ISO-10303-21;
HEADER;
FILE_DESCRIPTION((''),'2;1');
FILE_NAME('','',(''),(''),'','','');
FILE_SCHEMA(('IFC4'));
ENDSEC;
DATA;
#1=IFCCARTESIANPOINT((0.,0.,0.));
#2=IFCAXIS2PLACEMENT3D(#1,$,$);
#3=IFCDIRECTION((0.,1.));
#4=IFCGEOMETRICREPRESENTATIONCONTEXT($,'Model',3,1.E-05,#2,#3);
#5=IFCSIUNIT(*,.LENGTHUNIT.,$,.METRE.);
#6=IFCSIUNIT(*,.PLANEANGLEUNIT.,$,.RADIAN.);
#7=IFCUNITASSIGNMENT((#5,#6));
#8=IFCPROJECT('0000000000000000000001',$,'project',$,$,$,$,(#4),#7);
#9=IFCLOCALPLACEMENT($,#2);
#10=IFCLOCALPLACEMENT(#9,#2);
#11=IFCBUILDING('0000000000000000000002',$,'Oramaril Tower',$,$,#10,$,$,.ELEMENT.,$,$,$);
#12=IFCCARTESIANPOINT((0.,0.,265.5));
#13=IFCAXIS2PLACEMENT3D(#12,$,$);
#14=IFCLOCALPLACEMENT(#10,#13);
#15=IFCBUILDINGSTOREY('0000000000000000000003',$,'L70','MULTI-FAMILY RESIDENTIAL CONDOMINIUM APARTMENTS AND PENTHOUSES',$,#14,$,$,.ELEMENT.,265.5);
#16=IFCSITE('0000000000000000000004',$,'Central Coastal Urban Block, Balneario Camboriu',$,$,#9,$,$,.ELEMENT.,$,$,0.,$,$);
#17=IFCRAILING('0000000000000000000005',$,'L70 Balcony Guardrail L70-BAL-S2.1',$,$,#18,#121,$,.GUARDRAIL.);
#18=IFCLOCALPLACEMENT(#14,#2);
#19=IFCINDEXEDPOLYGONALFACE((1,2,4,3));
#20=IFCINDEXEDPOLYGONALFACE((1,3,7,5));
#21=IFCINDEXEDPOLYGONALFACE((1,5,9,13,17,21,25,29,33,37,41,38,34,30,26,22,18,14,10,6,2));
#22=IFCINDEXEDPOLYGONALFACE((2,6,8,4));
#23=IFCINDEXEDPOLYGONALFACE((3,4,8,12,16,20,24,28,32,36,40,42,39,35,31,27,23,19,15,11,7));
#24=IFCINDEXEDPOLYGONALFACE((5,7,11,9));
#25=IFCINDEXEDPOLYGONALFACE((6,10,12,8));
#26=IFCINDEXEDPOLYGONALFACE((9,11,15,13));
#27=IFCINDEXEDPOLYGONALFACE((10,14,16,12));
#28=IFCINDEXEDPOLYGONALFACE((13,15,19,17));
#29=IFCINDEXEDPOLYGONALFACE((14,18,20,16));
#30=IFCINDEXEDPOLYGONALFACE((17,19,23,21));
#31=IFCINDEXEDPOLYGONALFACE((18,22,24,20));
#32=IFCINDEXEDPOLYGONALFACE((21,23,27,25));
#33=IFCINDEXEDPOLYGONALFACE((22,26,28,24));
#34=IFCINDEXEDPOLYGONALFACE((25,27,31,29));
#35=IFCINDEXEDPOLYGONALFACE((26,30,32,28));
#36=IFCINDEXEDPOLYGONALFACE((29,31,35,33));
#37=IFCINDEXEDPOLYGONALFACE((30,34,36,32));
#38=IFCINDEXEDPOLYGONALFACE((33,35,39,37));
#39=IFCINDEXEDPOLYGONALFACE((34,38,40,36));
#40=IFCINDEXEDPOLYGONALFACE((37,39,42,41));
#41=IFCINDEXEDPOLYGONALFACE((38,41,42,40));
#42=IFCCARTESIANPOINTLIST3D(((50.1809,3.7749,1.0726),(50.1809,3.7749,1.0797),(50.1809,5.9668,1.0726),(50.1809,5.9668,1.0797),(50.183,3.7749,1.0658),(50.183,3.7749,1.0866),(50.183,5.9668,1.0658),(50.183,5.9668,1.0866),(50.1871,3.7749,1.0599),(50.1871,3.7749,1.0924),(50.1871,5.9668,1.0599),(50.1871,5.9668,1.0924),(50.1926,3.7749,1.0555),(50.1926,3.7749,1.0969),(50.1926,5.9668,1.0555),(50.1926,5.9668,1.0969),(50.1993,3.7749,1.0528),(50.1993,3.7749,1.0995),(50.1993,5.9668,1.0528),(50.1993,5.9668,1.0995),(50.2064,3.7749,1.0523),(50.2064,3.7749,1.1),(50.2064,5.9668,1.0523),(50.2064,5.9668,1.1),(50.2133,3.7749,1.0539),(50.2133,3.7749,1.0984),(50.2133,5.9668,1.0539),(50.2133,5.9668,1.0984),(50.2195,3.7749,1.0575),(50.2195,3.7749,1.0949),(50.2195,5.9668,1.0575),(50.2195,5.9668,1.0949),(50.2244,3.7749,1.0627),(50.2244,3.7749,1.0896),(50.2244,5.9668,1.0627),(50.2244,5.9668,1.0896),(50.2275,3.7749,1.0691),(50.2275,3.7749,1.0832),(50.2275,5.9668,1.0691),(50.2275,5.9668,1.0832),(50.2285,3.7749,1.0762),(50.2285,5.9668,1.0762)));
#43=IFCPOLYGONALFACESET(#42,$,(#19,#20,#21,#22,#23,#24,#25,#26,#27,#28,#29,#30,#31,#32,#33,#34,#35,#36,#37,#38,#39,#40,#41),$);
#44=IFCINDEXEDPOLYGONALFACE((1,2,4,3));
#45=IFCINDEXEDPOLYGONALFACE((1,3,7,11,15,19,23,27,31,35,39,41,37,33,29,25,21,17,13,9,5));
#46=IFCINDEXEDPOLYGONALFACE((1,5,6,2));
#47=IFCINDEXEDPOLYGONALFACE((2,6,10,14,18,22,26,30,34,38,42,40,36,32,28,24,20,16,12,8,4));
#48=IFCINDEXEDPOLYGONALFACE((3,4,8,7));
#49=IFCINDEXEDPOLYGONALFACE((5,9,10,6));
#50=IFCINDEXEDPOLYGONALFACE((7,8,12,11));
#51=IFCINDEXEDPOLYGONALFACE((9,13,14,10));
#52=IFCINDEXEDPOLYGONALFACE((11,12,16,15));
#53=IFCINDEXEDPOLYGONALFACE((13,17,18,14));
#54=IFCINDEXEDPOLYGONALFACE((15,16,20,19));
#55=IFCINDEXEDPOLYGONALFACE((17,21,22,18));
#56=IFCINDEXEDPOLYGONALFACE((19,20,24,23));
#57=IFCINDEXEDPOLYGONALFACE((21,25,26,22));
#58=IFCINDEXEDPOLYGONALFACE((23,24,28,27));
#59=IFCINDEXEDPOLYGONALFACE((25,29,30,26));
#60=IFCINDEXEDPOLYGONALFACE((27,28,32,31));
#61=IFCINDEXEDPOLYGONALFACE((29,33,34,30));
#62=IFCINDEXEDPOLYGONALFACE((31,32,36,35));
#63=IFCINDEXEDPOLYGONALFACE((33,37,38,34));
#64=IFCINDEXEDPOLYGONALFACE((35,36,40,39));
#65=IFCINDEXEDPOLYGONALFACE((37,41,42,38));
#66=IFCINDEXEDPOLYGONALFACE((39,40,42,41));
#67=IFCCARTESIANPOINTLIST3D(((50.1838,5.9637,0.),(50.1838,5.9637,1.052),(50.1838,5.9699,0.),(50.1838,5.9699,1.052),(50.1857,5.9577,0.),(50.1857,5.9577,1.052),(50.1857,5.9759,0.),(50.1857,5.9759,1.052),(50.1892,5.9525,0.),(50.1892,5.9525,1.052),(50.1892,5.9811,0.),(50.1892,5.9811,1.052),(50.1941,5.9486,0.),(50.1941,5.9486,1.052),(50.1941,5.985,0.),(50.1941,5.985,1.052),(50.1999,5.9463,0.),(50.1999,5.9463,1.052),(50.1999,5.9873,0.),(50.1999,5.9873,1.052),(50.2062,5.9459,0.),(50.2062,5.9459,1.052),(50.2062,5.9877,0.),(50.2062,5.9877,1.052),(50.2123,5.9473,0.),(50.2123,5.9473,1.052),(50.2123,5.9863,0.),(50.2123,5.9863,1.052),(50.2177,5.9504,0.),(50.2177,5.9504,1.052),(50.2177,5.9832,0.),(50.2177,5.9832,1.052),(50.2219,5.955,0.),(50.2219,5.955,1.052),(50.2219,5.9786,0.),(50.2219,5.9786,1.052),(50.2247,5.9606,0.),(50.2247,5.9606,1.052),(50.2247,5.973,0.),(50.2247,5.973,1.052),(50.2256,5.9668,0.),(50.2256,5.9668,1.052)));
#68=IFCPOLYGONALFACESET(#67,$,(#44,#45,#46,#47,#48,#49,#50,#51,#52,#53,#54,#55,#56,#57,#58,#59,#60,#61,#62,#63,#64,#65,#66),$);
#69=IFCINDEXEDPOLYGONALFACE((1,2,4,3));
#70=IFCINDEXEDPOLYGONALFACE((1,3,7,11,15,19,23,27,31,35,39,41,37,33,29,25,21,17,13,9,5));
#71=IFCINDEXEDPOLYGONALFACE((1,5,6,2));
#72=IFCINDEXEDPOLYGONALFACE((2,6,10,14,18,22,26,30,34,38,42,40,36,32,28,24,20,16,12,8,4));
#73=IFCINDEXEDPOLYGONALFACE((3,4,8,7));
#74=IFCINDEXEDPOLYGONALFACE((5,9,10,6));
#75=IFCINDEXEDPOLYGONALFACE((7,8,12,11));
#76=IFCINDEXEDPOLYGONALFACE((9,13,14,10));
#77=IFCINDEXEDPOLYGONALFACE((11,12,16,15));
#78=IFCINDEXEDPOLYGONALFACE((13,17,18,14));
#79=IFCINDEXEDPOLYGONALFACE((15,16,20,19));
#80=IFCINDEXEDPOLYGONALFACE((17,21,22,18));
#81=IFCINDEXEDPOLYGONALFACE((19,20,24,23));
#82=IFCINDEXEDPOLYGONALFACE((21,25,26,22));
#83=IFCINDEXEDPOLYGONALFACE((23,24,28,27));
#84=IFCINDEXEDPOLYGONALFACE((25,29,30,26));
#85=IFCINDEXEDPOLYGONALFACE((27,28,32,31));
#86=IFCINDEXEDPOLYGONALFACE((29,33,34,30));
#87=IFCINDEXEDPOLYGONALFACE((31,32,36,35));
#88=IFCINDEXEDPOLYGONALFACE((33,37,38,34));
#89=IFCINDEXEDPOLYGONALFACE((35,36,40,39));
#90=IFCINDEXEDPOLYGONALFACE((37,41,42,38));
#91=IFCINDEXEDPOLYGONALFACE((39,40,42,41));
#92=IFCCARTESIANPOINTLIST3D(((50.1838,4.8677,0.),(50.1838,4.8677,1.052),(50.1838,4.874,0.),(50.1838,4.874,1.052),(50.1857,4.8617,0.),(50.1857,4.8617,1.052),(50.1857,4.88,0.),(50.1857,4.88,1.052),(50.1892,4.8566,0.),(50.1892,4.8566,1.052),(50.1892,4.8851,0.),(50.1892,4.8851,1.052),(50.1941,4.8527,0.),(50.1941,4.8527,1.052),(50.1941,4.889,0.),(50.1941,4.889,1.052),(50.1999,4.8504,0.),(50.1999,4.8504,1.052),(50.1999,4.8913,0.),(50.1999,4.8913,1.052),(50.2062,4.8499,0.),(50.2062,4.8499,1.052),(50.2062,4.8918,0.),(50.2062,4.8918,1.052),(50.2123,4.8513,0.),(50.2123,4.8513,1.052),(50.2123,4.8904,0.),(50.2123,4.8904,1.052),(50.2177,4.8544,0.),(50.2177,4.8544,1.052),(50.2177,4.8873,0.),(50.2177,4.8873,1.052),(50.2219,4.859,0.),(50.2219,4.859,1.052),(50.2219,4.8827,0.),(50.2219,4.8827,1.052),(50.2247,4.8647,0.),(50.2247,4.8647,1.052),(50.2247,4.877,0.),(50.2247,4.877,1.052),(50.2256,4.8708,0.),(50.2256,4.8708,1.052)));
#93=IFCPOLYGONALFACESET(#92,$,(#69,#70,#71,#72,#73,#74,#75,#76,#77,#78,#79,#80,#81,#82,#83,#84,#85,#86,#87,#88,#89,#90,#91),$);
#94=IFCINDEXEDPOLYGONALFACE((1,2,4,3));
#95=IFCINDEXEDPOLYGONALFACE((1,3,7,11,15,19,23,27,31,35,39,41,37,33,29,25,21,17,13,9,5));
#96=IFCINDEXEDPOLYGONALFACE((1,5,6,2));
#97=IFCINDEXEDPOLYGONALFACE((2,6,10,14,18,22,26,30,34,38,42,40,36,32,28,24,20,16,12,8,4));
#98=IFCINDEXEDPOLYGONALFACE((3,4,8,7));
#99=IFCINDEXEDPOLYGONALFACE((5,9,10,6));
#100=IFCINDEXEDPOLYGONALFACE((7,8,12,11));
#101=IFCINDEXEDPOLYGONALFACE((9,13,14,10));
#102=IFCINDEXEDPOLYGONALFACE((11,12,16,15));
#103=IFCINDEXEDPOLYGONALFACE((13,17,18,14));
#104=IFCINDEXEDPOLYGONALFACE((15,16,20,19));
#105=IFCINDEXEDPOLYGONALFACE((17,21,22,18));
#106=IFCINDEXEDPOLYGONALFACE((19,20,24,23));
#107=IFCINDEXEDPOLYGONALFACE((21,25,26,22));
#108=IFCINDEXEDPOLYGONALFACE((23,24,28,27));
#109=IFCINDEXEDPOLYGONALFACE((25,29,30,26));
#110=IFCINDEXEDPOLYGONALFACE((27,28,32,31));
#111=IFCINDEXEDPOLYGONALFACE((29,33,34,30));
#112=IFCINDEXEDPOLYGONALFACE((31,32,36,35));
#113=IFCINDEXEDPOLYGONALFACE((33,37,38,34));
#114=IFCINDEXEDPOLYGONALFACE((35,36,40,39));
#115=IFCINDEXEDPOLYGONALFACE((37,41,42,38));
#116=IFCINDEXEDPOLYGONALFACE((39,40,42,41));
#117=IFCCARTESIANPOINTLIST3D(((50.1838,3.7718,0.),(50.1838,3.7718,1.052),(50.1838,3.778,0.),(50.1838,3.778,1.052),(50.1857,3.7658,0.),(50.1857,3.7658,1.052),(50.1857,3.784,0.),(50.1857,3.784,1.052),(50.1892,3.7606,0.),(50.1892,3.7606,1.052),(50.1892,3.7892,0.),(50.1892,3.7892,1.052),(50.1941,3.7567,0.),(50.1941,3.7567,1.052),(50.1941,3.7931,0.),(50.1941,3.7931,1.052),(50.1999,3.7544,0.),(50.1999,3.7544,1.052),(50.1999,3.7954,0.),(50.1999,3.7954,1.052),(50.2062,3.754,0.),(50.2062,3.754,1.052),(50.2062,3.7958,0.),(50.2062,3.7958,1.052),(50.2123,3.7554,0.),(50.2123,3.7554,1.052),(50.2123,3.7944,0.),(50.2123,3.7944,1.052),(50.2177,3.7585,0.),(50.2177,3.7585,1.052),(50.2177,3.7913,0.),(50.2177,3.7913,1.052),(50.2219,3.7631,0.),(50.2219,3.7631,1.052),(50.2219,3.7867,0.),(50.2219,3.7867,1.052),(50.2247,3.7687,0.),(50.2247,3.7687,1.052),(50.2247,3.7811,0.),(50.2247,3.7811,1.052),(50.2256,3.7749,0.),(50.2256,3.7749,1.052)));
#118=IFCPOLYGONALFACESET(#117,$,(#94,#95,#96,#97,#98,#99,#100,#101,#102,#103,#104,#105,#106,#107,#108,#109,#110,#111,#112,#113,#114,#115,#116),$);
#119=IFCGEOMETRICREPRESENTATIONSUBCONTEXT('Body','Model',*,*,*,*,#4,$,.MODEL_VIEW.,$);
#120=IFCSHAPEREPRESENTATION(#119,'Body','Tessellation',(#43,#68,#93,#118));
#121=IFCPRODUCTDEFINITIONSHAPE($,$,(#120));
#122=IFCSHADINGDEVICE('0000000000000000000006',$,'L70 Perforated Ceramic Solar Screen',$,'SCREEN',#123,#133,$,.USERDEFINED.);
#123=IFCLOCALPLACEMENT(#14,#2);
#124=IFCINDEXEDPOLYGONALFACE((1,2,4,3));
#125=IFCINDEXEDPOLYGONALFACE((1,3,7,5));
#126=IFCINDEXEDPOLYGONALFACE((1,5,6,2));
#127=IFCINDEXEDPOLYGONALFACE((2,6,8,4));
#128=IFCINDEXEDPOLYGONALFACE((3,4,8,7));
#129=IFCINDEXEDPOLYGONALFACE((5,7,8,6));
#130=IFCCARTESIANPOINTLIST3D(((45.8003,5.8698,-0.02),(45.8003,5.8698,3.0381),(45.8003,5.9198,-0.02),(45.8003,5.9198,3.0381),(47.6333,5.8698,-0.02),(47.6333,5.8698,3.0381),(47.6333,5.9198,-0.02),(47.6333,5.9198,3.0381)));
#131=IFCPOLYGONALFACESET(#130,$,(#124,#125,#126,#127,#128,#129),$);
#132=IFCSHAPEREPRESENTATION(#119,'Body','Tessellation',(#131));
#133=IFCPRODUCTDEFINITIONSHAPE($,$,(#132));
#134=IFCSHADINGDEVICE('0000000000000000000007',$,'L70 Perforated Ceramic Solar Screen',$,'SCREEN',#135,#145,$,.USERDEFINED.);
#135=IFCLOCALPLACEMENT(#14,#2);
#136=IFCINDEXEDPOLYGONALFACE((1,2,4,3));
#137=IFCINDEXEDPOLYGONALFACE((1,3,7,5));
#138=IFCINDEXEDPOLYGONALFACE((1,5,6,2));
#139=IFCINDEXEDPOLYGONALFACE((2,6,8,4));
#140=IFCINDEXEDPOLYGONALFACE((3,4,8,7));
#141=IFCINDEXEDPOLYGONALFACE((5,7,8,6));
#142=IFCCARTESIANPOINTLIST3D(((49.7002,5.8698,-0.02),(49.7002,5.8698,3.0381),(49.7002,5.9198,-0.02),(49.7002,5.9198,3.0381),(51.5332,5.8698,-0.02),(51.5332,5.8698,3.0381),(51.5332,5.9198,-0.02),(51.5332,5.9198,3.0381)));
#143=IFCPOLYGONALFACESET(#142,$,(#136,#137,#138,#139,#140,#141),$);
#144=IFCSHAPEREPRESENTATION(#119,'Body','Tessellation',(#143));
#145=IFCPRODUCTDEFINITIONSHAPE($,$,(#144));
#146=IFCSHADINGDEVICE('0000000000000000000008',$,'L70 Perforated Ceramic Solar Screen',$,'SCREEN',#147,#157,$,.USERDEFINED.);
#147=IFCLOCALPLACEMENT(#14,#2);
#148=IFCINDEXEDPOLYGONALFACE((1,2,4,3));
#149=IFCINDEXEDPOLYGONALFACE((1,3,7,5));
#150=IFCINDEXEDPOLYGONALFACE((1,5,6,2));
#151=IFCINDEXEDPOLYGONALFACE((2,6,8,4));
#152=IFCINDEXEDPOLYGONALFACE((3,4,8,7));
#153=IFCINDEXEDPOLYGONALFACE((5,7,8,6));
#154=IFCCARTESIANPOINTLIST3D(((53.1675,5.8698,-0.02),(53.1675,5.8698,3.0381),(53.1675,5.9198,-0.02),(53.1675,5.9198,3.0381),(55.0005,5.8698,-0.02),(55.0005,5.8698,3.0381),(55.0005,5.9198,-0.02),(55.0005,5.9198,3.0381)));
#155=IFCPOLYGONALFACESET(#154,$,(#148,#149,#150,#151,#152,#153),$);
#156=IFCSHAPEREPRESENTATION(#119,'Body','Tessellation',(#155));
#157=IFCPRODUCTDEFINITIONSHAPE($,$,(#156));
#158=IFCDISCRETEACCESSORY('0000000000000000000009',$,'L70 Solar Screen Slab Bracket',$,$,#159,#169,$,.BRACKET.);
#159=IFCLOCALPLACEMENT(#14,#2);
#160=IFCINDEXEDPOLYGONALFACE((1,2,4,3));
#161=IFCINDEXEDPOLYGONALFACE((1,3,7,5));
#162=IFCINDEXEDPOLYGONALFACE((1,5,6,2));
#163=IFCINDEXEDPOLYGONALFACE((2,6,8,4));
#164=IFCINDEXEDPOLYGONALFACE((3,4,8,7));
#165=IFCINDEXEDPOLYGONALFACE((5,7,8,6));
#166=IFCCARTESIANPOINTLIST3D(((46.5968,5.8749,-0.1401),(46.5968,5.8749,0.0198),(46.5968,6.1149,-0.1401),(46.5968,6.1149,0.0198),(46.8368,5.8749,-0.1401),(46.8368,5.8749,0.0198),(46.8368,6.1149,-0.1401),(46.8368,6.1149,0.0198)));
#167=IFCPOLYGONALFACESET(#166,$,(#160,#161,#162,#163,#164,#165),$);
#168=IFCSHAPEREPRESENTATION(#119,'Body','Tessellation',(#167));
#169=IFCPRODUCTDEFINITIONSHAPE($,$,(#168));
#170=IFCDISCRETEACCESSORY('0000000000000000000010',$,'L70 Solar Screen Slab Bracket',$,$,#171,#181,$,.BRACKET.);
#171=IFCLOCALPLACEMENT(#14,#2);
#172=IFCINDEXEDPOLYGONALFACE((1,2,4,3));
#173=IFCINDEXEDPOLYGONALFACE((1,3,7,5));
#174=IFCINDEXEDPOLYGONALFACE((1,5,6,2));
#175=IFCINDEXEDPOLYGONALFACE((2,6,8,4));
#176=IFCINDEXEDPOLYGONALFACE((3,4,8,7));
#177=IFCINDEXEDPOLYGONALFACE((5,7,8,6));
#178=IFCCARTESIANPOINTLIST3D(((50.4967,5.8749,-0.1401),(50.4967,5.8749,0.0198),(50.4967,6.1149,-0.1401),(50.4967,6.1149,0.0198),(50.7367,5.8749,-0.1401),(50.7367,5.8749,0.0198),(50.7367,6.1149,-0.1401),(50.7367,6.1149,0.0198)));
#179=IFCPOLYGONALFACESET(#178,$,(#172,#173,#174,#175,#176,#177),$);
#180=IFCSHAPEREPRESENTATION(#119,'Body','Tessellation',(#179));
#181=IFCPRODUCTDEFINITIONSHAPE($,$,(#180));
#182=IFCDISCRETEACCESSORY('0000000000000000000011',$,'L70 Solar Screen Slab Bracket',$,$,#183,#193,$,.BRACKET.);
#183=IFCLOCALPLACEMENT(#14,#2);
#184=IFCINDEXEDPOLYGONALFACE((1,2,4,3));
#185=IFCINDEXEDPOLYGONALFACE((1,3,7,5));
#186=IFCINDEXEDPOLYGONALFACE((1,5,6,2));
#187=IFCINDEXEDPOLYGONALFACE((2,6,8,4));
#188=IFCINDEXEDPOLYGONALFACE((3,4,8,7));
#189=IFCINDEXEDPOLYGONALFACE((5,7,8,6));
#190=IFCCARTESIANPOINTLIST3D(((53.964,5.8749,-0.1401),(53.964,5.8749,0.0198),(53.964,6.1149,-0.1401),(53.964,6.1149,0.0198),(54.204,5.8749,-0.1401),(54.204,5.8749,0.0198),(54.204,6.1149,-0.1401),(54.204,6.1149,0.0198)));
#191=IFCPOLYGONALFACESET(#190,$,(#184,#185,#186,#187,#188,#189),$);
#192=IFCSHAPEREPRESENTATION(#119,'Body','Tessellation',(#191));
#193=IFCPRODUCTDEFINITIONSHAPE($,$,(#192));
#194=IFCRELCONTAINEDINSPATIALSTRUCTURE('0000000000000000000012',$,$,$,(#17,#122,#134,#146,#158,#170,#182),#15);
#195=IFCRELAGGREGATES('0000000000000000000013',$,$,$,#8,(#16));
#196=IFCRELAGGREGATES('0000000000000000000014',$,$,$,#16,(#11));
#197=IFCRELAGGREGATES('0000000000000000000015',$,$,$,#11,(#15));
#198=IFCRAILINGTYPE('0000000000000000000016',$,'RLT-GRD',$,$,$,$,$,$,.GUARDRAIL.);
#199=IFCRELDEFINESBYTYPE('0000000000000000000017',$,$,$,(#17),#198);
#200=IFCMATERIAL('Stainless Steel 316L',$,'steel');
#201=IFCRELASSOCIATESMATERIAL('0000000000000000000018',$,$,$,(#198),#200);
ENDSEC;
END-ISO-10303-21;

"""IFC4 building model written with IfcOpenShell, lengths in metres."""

from ifc_helpers import new_model, si_unit, direction, frame, origin, origin_2d, place, context, subcontext, project, spatial, rectangle, circle, extrude, material, type_object, element, save


model = new_model("IFC4")

# Units and contexts
model_context = context("Model", 3, precision=1e-05, world=origin(), true_north=direction((0.0, 1.0)))
body_context = subcontext(model_context, "Body", "Model", "MODEL_VIEW")
ifc_project = project(units=[si_unit("LENGTHUNIT", "METRE"), si_unit("PLANEANGLEUNIT", "RADIAN")], contexts=[model_context])

# Site, building, storey
site_placement = place(None, origin())
site = spatial("IfcSite", under=ifc_project, at=site_placement, Name="Central Coastal Urban Block, Balneario Camboriu", CompositionType="ELEMENT", RefElevation=0.0)
building_placement = place(site_placement, origin())
building = spatial("IfcBuilding", under=site, at=building_placement, Name="Oramaril Tower", CompositionType="ELEMENT")
storey_placement = place(building_placement, frame((0.0, 0.0, 265.5)))
storey = spatial("IfcBuildingStorey", under=building, at=storey_placement, Name="L70", Description="MULTI-FAMILY RESIDENTIAL CONDOMINIUM APARTMENTS AND PENTHOUSES", CompositionType="ELEMENT", Elevation=265.5)

# Railing
ifc_material_1 = material(Name="Stainless Steel 316L", Category="steel")
railing_type = type_object("IfcRailingType", Name="RLT-GRD", PredefinedType="GUARDRAIL", material=ifc_material_1)
railing_1_placement = place(storey_placement, frame((50.2046, 5.9668, 0.0)))
element("IfcRailing", 1, at=railing_1_placement, inside=storey, type_object=railing_type, Name="L70 Balcony Guardrail L70-BAL-S2.1", PredefinedType="GUARDRAIL", context=body_context, shape_type="SweptSolid", body=[
    extrude(circle(Radius=0.0239, at=origin_2d()), frame((0.0, 0.0, 1.0762), z_axis=(0.0, -1.0, 0.0), x_axis=(1.0, 0.0, 0.0)), (0.0, 0.0, 1.0), 2.1919),
    extrude(circle(Radius=0.021, at=origin_2d()), origin(), (0.0, 0.0, 1.0), 1.052),
    extrude(circle(Radius=0.021, at=origin_2d()), frame((0.0, -1.0959, 0.0)), (0.0, 0.0, 1.0), 1.052),
    extrude(circle(Radius=0.021, at=origin_2d()), frame((0.0, -2.1919, 0.0)), (0.0, 0.0, 1.0), 1.052),
])

# Shading devices
for number, where, z_axis, x_axis, name in (
    (2, (46.7168, 5.8948, -0.02), (0.0, 0.0, 1.0), (1.0, 0.0, 0.0), "L70 Perforated Ceramic Solar Screen"),
    (3, (50.6167, 5.8948, -0.02), (0.0, 0.0, 1.0), (1.0, 0.0, 0.0), "L70 Perforated Ceramic Solar Screen"),
    (4, (54.084, 5.8948, -0.02), (0.0, 0.0, 1.0), (1.0, 0.0, 0.0), "L70 Perforated Ceramic Solar Screen"),
):
    element("IfcShadingDevice", number, at=place(storey_placement, frame(where, z_axis=z_axis, x_axis=x_axis)), inside=storey, Name=name, ObjectType="SCREEN", PredefinedType="USERDEFINED", context=body_context, shape_type="SweptSolid", body=[
        extrude(rectangle(XDim=1.833, YDim=0.05, at=origin_2d()), origin(), (0.0, 0.0, 1.0), 3.0581),
    ])

# Discrete accessories
for number, where, z_axis, x_axis, name in (
    (5, (46.7168, 5.9949, -0.1401), (0.0, 0.0, 1.0), (1.0, 0.0, 0.0), "L70 Solar Screen Slab Bracket"),
    (6, (50.6167, 5.9949, -0.1401), (0.0, 0.0, 1.0), (1.0, 0.0, 0.0), "L70 Solar Screen Slab Bracket"),
    (7, (54.084, 5.9949, -0.1401), (0.0, 0.0, 1.0), (1.0, 0.0, 0.0), "L70 Solar Screen Slab Bracket"),
):
    element("IfcDiscreteAccessory", number, at=place(storey_placement, frame(where, z_axis=z_axis, x_axis=x_axis)), inside=storey, Name=name, PredefinedType="BRACKET", context=body_context, shape_type="SweptSolid", body=[
        extrude(rectangle(XDim=0.24, YDim=0.24, at=origin_2d()), origin(), (0.0, 0.0, 1.0), 0.1599),
    ])

save(model, "model.ifc")
